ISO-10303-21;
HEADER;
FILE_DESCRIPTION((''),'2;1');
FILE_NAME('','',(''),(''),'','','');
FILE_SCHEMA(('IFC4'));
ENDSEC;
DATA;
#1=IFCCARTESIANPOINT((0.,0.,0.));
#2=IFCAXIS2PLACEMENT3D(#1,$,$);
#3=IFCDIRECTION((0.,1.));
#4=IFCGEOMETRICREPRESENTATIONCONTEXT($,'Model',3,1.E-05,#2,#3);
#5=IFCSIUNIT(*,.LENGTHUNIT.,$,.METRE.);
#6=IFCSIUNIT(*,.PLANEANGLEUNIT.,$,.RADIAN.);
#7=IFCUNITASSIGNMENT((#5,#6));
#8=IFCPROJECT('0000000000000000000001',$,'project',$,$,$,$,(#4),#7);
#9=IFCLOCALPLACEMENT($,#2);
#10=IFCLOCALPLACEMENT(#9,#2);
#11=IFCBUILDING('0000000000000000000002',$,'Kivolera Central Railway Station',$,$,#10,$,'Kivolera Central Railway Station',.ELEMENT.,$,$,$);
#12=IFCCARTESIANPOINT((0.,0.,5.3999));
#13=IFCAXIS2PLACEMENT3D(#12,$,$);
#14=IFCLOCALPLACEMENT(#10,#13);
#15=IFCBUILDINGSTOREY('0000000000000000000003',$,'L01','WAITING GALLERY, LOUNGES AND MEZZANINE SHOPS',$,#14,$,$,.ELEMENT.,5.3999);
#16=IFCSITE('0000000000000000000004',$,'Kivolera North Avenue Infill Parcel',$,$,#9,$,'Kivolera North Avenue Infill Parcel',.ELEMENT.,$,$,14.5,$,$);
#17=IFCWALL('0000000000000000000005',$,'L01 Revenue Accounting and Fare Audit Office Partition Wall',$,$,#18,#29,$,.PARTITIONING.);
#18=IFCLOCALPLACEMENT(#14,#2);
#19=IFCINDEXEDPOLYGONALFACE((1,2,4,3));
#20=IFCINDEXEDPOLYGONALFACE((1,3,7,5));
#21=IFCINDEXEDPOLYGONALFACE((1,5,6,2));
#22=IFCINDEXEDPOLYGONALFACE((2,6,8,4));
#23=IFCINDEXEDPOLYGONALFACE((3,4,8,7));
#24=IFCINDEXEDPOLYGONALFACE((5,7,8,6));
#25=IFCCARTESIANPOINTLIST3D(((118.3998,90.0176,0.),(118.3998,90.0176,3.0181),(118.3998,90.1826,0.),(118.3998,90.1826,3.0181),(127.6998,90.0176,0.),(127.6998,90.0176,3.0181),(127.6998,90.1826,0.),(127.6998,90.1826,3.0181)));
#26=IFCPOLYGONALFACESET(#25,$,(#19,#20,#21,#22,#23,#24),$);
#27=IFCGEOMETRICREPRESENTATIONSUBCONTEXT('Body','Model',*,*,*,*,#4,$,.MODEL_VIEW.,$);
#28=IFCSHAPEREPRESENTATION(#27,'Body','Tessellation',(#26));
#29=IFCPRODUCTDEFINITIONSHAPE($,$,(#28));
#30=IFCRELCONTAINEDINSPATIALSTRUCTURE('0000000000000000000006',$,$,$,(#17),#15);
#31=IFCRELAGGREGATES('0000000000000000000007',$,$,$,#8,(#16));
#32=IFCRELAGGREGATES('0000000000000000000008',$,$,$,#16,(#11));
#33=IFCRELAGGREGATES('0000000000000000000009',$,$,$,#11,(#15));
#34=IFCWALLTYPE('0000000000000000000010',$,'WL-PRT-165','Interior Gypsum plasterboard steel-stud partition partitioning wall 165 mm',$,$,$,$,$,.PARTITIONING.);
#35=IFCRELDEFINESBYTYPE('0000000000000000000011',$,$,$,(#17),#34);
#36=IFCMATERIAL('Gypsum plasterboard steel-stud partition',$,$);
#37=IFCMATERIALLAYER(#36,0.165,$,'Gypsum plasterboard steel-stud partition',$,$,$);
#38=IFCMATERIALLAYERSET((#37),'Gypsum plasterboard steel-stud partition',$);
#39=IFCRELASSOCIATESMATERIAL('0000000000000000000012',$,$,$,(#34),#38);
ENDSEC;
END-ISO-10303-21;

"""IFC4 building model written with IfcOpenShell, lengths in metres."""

from ifc_helpers import new_model, si_unit, direction, frame, frame_2d, origin, place, context, subcontext, project, spatial, rectangle, extrude, material, layer, layer_set, type_object, element, save


model = new_model("IFC4")

# Units and contexts
model_context = context("Model", 3, precision=1e-05, world=origin(), true_north=direction((0.0, 1.0)))
body_context = subcontext(model_context, "Body", "Model", "MODEL_VIEW")
ifc_project = project(units=[si_unit("LENGTHUNIT", "METRE"), si_unit("PLANEANGLEUNIT", "RADIAN")], contexts=[model_context])

# Site, building, storey
site_placement = place(None, origin())
site = spatial("IfcSite", under=ifc_project, at=site_placement, Name="Kivolera North Avenue Infill Parcel", LongName="Kivolera North Avenue Infill Parcel", CompositionType="ELEMENT", RefElevation=14.5)
building_placement = place(site_placement, origin())
building = spatial("IfcBuilding", under=site, at=building_placement, Name="Kivolera Central Railway Station", LongName="Kivolera Central Railway Station", CompositionType="ELEMENT")
storey_placement = place(building_placement, frame((0.0, 0.0, 5.3999)))
storey = spatial("IfcBuildingStorey", under=building, at=storey_placement, Name="L01", Description="WAITING GALLERY, LOUNGES AND MEZZANINE SHOPS", CompositionType="ELEMENT", Elevation=5.3999)

# Wall
ifc_material_1 = material(Name="Gypsum plasterboard steel-stud partition")
ifc_layer_1 = layer(ifc_material_1, 0.165, Name="Gypsum plasterboard steel-stud partition")
ifc_layer_set_1 = layer_set([ifc_layer_1], Name="Gypsum plasterboard steel-stud partition")
wall_type_1 = type_object("IfcWallType", Name="WL-PRT-165", Description="Interior Gypsum plasterboard steel-stud partition partitioning wall 165 mm", PredefinedType="PARTITIONING", material=ifc_layer_set_1)
wall_1_placement = place(storey_placement, frame((118.3999, 90.1001, 0.0), z_axis=(0.0, 0.0, 1.0), x_axis=(1.0, 0.0, 0.0)))
element("IfcWall", 1, at=wall_1_placement, inside=storey, type_object=wall_type_1, Name="L01 Revenue Accounting and Fare Audit Office Partition Wall", PredefinedType="PARTITIONING", context=body_context, shape_type="SweptSolid", body=[
    extrude(rectangle(XDim=9.3, YDim=0.165, at=frame_2d((4.6499, 0.0))), origin(), (0.0, 0.0, 1.0), 3.0181),
])

save(model, "model.ifc")
